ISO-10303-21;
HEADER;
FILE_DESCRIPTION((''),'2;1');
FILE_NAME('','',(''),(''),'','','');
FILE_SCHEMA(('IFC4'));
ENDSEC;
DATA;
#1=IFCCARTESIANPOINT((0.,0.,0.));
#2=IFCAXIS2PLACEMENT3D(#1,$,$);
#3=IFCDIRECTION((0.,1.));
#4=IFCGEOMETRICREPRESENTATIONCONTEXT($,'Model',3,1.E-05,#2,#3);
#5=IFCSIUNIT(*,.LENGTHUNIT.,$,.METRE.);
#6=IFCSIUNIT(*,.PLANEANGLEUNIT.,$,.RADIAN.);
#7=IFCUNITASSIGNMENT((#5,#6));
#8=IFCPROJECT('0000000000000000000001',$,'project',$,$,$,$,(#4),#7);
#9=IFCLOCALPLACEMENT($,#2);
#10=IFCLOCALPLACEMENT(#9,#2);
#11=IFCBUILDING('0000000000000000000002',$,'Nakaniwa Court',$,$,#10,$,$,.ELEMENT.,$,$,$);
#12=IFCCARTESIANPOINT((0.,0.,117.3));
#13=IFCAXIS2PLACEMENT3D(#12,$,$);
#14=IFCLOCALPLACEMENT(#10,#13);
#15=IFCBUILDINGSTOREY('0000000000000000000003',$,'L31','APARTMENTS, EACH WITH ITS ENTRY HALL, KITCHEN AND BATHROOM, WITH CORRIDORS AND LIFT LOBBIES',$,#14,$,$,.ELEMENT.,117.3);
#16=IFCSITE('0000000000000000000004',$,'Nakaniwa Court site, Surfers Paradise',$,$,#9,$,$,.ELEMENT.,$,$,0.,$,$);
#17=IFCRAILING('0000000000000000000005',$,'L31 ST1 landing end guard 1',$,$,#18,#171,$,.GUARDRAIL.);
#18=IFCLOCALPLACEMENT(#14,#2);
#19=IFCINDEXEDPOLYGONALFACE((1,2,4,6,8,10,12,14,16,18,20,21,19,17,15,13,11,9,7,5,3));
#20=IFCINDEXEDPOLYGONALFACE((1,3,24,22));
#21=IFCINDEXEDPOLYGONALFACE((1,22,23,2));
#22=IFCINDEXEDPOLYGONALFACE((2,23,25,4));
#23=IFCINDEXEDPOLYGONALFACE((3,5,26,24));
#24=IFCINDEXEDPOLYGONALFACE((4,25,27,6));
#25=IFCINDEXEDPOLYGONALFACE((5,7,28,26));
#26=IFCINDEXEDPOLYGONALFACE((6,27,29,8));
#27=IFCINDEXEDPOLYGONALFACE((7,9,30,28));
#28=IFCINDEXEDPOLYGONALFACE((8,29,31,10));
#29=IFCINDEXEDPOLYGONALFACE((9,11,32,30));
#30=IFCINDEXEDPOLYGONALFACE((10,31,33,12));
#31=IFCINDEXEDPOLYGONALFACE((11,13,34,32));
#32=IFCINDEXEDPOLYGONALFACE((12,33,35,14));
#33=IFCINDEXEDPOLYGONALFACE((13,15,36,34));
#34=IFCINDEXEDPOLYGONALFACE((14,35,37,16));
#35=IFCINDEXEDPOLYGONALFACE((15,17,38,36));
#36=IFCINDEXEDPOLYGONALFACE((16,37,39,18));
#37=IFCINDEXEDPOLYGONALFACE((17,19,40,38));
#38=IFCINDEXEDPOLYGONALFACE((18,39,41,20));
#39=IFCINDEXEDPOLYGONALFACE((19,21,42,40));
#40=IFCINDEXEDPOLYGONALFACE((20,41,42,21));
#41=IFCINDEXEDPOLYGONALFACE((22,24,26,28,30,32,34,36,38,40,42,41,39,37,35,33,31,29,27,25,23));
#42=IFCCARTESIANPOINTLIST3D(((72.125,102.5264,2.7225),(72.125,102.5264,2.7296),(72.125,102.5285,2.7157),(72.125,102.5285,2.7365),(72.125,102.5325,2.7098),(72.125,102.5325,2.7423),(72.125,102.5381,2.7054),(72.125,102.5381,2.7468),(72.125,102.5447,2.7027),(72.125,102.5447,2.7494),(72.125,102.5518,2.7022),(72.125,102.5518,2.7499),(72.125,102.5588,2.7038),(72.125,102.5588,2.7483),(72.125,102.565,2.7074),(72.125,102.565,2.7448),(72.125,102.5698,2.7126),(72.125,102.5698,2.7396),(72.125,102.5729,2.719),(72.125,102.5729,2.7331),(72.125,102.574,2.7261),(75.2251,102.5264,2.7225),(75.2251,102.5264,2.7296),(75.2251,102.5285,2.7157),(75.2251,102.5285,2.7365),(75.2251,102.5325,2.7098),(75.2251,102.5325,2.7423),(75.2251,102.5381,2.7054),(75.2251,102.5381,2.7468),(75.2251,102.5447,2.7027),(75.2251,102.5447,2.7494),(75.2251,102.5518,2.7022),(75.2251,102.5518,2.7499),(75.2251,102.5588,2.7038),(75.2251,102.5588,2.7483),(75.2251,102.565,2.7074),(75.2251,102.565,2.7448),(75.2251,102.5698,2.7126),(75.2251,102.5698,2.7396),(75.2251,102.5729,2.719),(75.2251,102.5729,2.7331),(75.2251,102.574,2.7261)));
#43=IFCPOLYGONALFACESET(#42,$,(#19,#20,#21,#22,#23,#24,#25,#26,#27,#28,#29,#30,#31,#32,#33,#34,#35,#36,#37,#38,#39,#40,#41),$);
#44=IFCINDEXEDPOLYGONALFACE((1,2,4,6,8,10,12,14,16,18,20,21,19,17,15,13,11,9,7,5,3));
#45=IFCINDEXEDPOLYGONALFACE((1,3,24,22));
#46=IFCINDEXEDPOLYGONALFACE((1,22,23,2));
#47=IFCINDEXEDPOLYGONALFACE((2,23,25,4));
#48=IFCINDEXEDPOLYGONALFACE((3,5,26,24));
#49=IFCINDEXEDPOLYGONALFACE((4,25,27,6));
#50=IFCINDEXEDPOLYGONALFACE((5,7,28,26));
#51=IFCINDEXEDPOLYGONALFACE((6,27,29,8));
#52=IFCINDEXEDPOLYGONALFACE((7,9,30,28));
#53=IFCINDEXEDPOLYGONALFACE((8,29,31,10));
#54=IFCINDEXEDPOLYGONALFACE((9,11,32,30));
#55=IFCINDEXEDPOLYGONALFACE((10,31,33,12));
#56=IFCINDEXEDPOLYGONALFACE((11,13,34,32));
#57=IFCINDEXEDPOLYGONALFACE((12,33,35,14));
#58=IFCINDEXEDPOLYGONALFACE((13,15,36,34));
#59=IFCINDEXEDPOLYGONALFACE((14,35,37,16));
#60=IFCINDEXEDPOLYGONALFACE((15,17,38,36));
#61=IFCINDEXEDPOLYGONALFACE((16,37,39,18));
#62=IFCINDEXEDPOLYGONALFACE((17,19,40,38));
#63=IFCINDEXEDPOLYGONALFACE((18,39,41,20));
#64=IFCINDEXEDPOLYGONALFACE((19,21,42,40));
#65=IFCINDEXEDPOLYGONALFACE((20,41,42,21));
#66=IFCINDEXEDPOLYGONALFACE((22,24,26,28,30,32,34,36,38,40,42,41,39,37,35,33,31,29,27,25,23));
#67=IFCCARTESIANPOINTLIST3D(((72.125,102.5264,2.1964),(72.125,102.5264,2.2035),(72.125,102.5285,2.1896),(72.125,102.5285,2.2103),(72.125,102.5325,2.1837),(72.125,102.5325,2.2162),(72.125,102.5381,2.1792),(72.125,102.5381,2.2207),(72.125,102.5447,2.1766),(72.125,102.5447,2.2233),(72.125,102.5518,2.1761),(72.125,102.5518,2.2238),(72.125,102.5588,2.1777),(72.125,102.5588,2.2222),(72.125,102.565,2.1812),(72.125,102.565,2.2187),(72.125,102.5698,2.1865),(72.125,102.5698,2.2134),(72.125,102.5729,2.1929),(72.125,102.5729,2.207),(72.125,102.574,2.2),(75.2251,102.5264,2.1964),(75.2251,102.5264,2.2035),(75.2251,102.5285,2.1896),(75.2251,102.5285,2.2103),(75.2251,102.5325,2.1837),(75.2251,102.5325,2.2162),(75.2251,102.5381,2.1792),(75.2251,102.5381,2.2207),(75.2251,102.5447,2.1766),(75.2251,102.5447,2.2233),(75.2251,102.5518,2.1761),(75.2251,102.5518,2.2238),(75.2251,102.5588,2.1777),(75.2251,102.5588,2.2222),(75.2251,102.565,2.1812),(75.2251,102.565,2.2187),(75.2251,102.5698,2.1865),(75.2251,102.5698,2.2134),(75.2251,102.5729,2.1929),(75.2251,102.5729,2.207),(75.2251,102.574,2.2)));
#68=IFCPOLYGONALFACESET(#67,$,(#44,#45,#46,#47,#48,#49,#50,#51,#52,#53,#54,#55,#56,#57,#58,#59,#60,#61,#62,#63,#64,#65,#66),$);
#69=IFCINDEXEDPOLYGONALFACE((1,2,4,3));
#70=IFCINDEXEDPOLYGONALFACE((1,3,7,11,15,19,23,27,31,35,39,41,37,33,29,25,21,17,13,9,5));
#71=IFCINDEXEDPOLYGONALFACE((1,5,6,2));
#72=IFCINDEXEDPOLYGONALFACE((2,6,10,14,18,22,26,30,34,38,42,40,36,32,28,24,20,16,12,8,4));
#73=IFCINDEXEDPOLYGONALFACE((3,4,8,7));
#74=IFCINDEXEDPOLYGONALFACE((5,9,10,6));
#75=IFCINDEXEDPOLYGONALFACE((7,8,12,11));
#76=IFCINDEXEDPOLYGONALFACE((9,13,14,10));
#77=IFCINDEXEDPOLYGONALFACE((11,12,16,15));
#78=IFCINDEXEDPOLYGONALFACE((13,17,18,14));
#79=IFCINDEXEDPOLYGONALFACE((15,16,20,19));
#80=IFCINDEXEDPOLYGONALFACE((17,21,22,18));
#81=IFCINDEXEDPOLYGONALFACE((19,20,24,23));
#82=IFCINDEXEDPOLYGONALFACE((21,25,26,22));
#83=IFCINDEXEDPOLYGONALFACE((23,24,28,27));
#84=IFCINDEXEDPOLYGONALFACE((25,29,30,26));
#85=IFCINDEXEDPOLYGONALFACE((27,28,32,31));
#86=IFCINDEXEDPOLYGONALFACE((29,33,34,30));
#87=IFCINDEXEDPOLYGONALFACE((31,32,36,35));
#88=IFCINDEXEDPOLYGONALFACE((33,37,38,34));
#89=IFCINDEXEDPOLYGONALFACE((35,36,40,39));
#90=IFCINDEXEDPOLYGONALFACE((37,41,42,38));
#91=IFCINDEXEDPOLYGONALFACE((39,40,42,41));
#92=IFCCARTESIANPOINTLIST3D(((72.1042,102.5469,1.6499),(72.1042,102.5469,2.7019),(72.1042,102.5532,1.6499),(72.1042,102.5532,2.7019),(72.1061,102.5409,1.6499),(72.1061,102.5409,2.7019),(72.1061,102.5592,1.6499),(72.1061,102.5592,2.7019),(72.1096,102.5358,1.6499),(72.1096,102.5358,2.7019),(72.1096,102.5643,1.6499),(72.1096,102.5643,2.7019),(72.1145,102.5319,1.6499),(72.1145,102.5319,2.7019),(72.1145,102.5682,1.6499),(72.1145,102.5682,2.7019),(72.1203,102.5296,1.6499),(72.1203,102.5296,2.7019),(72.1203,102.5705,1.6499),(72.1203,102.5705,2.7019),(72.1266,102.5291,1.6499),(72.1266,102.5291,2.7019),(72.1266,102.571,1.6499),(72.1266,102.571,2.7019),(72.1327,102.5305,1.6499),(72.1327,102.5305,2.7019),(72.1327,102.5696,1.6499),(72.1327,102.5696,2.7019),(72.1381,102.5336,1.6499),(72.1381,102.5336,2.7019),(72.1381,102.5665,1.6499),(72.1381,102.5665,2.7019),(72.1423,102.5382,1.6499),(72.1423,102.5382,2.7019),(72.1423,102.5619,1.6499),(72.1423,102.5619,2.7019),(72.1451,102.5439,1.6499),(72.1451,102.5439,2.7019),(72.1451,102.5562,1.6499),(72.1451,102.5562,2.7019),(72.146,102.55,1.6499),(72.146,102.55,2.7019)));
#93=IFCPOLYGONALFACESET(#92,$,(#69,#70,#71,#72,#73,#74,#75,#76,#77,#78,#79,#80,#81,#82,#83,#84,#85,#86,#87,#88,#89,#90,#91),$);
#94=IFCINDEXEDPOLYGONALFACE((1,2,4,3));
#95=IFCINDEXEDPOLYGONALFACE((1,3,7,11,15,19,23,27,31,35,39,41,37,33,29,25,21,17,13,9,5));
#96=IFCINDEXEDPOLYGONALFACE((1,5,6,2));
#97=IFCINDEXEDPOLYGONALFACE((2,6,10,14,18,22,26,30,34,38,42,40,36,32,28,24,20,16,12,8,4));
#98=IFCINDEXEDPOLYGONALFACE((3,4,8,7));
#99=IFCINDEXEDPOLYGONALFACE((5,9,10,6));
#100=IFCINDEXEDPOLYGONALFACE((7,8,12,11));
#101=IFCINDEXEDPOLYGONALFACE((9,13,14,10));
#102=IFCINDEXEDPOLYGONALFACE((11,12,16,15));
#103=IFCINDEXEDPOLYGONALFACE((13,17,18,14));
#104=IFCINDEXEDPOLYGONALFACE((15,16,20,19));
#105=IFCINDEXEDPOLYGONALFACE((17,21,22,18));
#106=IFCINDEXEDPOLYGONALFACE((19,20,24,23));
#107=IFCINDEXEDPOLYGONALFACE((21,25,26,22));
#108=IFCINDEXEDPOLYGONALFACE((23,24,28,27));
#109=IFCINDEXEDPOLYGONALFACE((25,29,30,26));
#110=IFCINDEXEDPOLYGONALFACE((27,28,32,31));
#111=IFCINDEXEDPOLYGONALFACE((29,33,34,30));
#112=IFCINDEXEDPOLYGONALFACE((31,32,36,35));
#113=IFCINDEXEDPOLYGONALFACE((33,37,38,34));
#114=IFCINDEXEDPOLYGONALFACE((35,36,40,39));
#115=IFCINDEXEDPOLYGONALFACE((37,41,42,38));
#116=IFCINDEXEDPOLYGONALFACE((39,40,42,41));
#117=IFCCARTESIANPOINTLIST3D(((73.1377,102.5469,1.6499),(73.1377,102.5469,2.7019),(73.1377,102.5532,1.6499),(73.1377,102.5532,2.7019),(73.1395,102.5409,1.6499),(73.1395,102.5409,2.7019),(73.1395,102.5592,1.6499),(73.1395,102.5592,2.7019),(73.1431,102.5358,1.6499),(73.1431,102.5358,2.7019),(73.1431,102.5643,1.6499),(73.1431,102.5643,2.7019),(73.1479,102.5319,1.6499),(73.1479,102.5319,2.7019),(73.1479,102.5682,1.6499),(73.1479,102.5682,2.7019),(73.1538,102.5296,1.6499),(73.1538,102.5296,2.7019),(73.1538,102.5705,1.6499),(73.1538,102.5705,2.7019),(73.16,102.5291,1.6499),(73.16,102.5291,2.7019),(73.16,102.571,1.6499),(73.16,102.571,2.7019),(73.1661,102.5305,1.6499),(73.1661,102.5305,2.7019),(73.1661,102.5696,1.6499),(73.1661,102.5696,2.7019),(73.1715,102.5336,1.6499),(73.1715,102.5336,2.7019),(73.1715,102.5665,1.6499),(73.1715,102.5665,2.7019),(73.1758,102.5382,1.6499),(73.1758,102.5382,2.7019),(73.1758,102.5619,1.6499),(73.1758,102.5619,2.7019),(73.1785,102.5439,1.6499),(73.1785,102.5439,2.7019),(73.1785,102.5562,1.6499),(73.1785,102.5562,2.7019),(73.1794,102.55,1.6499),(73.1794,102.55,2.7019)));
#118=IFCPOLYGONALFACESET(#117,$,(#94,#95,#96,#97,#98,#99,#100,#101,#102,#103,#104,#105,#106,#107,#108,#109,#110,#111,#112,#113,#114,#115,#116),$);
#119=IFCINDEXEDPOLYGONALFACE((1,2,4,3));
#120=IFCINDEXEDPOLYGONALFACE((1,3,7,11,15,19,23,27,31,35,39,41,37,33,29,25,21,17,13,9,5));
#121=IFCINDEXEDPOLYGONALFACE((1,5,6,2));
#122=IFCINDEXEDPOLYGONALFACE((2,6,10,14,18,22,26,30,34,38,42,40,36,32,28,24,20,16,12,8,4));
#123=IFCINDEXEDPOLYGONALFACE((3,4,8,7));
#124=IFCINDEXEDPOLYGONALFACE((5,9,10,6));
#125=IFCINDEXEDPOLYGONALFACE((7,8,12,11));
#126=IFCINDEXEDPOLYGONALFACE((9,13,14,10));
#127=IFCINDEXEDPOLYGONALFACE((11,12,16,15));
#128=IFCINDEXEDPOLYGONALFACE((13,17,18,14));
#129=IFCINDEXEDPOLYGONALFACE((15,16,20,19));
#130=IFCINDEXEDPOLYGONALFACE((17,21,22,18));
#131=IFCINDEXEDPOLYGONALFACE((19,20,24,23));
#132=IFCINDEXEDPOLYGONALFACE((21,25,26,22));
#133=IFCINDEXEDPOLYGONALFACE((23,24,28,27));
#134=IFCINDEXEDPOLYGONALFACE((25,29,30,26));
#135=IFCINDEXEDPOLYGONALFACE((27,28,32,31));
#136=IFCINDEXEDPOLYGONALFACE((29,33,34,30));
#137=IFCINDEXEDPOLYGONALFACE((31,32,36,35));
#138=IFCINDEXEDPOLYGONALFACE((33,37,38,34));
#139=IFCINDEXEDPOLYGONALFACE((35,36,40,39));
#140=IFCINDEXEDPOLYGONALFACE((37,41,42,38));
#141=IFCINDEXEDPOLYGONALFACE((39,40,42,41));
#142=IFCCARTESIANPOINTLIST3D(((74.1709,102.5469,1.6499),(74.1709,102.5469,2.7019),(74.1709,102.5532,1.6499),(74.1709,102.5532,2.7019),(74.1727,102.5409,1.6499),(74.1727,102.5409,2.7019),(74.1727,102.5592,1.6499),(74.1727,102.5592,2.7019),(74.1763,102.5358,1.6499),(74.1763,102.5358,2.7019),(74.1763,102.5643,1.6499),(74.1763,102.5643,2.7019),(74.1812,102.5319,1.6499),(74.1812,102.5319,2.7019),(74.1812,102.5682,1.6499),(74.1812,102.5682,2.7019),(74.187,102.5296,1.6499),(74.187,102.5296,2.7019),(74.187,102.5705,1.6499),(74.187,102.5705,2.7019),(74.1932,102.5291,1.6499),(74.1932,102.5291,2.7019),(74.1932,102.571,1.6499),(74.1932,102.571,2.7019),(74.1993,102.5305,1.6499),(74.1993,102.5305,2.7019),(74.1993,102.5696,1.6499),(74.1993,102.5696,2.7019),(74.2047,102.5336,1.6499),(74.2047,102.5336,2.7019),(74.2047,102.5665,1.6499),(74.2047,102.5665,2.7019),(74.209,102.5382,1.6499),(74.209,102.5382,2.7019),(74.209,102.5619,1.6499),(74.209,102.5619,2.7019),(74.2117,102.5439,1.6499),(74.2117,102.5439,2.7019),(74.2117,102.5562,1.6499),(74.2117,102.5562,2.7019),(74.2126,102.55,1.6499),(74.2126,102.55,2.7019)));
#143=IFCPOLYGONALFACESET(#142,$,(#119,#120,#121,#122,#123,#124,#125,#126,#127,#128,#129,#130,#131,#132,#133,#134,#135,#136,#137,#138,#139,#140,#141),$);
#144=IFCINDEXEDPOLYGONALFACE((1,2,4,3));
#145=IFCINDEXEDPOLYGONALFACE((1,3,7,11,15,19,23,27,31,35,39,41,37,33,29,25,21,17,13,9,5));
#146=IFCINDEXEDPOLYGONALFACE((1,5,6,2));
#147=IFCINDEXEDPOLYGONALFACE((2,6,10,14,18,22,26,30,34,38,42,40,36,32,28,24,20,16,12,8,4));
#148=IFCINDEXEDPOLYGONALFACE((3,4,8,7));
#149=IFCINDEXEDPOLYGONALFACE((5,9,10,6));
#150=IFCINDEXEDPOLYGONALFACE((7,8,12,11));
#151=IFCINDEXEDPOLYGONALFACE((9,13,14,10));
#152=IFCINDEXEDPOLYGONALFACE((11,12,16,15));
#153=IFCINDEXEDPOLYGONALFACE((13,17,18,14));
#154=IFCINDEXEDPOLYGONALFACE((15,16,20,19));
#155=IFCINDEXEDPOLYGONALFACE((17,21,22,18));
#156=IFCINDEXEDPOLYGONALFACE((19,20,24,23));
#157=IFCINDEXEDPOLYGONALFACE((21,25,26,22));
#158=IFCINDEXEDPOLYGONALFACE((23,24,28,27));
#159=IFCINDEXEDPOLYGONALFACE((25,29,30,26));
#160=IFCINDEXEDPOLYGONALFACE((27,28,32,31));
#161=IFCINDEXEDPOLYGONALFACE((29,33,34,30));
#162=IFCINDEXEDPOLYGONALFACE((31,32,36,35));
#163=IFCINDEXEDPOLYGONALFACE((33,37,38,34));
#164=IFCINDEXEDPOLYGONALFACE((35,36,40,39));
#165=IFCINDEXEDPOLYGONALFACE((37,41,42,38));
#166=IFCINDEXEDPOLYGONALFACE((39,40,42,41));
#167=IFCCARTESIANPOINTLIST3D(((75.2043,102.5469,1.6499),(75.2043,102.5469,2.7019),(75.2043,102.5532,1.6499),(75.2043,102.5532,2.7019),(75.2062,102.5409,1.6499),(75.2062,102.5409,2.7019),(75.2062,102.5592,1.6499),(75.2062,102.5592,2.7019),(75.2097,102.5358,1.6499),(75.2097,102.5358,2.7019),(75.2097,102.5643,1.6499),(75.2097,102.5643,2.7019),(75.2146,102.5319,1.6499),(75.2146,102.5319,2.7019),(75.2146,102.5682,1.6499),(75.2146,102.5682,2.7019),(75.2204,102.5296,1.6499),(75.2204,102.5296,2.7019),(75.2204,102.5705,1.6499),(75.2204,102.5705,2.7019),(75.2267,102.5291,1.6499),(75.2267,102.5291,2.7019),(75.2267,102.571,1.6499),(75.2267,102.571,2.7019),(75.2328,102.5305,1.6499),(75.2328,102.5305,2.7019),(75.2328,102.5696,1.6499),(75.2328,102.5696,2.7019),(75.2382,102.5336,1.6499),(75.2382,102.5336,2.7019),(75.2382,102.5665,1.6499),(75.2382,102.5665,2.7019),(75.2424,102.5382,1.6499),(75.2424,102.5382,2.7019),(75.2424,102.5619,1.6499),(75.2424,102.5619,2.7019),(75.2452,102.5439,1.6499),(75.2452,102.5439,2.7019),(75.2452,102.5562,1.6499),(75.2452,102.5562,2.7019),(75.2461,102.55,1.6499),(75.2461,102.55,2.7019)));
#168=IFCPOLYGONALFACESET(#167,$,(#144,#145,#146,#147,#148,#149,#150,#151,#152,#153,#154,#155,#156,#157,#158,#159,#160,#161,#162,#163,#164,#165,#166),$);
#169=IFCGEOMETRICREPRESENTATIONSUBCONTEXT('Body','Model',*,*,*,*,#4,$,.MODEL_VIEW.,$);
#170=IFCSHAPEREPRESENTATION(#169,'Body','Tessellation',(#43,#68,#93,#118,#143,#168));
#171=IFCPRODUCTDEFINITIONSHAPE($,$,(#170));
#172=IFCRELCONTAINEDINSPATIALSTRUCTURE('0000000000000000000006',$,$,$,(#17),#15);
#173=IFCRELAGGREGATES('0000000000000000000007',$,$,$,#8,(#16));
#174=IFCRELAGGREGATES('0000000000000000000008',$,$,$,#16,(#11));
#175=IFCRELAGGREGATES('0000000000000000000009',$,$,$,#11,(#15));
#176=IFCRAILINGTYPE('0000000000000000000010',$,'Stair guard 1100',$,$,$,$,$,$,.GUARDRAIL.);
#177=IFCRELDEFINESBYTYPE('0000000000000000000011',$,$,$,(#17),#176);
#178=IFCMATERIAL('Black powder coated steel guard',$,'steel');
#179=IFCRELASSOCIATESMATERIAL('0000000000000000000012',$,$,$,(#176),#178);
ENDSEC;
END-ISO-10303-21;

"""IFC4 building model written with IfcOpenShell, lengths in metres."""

from ifc_helpers import new_model, si_unit, direction, frame, origin, origin_2d, place, context, subcontext, project, spatial, circle, extrude, material, type_object, element, save


model = new_model("IFC4")

# Units and contexts
model_context = context("Model", 3, precision=1e-05, world=origin(), true_north=direction((0.0, 1.0)))
body_context = subcontext(model_context, "Body", "Model", "MODEL_VIEW")
ifc_project = project(units=[si_unit("LENGTHUNIT", "METRE"), si_unit("PLANEANGLEUNIT", "RADIAN")], contexts=[model_context])

# Site, building, storey
site_placement = place(None, origin())
site = spatial("IfcSite", under=ifc_project, at=site_placement, Name="Nakaniwa Court site, Surfers Paradise", CompositionType="ELEMENT", RefElevation=0.0)
building_placement = place(site_placement, origin())
building = spatial("IfcBuilding", under=site, at=building_placement, Name="Nakaniwa Court", CompositionType="ELEMENT")
storey_placement = place(building_placement, frame((0.0, 0.0, 117.3)))
storey = spatial("IfcBuildingStorey", under=building, at=storey_placement, Name="L31", Description="APARTMENTS, EACH WITH ITS ENTRY HALL, KITCHEN AND BATHROOM, WITH CORRIDORS AND LIFT LOBBIES", CompositionType="ELEMENT", Elevation=117.3)

# Railing
ifc_material_1 = material(Name="Black powder coated steel guard", Category="steel")
railing_type_1 = type_object("IfcRailingType", Name="Stair guard 1100", PredefinedType="GUARDRAIL", material=ifc_material_1)
railing_1_placement = place(storey_placement, frame((72.125, 102.55, 1.6499)))
element("IfcRailing", 1, at=railing_1_placement, inside=storey, type_object=railing_type_1, Name="L31 ST1 landing end guard 1", PredefinedType="GUARDRAIL", context=body_context, shape_type="SweptSolid", body=[
    extrude(circle(Radius=0.0239, at=origin_2d()), frame((0.0, 0.0, 1.0762), z_axis=(1.0, 0.0, 0.0), x_axis=(0.0, 1.0, 0.0)), (0.0, 0.0, 1.0), 3.1001),
    extrude(circle(Radius=0.0239, at=origin_2d()), frame((0.0, 0.0, 0.55), z_axis=(1.0, 0.0, 0.0), x_axis=(0.0, 1.0, 0.0)), (0.0, 0.0, 1.0), 3.1001),
    extrude(circle(Radius=0.021, at=origin_2d()), origin(), (0.0, 0.0, 1.0), 1.052),
    extrude(circle(Radius=0.021, at=origin_2d()), frame((1.0334, 0.0, 0.0)), (0.0, 0.0, 1.0), 1.052),
    extrude(circle(Radius=0.021, at=origin_2d()), frame((2.0667, 0.0, 0.0)), (0.0, 0.0, 1.0), 1.052),
    extrude(circle(Radius=0.021, at=origin_2d()), frame((3.1001, 0.0, 0.0)), (0.0, 0.0, 1.0), 1.052),
])

save(model, "model.ifc")
